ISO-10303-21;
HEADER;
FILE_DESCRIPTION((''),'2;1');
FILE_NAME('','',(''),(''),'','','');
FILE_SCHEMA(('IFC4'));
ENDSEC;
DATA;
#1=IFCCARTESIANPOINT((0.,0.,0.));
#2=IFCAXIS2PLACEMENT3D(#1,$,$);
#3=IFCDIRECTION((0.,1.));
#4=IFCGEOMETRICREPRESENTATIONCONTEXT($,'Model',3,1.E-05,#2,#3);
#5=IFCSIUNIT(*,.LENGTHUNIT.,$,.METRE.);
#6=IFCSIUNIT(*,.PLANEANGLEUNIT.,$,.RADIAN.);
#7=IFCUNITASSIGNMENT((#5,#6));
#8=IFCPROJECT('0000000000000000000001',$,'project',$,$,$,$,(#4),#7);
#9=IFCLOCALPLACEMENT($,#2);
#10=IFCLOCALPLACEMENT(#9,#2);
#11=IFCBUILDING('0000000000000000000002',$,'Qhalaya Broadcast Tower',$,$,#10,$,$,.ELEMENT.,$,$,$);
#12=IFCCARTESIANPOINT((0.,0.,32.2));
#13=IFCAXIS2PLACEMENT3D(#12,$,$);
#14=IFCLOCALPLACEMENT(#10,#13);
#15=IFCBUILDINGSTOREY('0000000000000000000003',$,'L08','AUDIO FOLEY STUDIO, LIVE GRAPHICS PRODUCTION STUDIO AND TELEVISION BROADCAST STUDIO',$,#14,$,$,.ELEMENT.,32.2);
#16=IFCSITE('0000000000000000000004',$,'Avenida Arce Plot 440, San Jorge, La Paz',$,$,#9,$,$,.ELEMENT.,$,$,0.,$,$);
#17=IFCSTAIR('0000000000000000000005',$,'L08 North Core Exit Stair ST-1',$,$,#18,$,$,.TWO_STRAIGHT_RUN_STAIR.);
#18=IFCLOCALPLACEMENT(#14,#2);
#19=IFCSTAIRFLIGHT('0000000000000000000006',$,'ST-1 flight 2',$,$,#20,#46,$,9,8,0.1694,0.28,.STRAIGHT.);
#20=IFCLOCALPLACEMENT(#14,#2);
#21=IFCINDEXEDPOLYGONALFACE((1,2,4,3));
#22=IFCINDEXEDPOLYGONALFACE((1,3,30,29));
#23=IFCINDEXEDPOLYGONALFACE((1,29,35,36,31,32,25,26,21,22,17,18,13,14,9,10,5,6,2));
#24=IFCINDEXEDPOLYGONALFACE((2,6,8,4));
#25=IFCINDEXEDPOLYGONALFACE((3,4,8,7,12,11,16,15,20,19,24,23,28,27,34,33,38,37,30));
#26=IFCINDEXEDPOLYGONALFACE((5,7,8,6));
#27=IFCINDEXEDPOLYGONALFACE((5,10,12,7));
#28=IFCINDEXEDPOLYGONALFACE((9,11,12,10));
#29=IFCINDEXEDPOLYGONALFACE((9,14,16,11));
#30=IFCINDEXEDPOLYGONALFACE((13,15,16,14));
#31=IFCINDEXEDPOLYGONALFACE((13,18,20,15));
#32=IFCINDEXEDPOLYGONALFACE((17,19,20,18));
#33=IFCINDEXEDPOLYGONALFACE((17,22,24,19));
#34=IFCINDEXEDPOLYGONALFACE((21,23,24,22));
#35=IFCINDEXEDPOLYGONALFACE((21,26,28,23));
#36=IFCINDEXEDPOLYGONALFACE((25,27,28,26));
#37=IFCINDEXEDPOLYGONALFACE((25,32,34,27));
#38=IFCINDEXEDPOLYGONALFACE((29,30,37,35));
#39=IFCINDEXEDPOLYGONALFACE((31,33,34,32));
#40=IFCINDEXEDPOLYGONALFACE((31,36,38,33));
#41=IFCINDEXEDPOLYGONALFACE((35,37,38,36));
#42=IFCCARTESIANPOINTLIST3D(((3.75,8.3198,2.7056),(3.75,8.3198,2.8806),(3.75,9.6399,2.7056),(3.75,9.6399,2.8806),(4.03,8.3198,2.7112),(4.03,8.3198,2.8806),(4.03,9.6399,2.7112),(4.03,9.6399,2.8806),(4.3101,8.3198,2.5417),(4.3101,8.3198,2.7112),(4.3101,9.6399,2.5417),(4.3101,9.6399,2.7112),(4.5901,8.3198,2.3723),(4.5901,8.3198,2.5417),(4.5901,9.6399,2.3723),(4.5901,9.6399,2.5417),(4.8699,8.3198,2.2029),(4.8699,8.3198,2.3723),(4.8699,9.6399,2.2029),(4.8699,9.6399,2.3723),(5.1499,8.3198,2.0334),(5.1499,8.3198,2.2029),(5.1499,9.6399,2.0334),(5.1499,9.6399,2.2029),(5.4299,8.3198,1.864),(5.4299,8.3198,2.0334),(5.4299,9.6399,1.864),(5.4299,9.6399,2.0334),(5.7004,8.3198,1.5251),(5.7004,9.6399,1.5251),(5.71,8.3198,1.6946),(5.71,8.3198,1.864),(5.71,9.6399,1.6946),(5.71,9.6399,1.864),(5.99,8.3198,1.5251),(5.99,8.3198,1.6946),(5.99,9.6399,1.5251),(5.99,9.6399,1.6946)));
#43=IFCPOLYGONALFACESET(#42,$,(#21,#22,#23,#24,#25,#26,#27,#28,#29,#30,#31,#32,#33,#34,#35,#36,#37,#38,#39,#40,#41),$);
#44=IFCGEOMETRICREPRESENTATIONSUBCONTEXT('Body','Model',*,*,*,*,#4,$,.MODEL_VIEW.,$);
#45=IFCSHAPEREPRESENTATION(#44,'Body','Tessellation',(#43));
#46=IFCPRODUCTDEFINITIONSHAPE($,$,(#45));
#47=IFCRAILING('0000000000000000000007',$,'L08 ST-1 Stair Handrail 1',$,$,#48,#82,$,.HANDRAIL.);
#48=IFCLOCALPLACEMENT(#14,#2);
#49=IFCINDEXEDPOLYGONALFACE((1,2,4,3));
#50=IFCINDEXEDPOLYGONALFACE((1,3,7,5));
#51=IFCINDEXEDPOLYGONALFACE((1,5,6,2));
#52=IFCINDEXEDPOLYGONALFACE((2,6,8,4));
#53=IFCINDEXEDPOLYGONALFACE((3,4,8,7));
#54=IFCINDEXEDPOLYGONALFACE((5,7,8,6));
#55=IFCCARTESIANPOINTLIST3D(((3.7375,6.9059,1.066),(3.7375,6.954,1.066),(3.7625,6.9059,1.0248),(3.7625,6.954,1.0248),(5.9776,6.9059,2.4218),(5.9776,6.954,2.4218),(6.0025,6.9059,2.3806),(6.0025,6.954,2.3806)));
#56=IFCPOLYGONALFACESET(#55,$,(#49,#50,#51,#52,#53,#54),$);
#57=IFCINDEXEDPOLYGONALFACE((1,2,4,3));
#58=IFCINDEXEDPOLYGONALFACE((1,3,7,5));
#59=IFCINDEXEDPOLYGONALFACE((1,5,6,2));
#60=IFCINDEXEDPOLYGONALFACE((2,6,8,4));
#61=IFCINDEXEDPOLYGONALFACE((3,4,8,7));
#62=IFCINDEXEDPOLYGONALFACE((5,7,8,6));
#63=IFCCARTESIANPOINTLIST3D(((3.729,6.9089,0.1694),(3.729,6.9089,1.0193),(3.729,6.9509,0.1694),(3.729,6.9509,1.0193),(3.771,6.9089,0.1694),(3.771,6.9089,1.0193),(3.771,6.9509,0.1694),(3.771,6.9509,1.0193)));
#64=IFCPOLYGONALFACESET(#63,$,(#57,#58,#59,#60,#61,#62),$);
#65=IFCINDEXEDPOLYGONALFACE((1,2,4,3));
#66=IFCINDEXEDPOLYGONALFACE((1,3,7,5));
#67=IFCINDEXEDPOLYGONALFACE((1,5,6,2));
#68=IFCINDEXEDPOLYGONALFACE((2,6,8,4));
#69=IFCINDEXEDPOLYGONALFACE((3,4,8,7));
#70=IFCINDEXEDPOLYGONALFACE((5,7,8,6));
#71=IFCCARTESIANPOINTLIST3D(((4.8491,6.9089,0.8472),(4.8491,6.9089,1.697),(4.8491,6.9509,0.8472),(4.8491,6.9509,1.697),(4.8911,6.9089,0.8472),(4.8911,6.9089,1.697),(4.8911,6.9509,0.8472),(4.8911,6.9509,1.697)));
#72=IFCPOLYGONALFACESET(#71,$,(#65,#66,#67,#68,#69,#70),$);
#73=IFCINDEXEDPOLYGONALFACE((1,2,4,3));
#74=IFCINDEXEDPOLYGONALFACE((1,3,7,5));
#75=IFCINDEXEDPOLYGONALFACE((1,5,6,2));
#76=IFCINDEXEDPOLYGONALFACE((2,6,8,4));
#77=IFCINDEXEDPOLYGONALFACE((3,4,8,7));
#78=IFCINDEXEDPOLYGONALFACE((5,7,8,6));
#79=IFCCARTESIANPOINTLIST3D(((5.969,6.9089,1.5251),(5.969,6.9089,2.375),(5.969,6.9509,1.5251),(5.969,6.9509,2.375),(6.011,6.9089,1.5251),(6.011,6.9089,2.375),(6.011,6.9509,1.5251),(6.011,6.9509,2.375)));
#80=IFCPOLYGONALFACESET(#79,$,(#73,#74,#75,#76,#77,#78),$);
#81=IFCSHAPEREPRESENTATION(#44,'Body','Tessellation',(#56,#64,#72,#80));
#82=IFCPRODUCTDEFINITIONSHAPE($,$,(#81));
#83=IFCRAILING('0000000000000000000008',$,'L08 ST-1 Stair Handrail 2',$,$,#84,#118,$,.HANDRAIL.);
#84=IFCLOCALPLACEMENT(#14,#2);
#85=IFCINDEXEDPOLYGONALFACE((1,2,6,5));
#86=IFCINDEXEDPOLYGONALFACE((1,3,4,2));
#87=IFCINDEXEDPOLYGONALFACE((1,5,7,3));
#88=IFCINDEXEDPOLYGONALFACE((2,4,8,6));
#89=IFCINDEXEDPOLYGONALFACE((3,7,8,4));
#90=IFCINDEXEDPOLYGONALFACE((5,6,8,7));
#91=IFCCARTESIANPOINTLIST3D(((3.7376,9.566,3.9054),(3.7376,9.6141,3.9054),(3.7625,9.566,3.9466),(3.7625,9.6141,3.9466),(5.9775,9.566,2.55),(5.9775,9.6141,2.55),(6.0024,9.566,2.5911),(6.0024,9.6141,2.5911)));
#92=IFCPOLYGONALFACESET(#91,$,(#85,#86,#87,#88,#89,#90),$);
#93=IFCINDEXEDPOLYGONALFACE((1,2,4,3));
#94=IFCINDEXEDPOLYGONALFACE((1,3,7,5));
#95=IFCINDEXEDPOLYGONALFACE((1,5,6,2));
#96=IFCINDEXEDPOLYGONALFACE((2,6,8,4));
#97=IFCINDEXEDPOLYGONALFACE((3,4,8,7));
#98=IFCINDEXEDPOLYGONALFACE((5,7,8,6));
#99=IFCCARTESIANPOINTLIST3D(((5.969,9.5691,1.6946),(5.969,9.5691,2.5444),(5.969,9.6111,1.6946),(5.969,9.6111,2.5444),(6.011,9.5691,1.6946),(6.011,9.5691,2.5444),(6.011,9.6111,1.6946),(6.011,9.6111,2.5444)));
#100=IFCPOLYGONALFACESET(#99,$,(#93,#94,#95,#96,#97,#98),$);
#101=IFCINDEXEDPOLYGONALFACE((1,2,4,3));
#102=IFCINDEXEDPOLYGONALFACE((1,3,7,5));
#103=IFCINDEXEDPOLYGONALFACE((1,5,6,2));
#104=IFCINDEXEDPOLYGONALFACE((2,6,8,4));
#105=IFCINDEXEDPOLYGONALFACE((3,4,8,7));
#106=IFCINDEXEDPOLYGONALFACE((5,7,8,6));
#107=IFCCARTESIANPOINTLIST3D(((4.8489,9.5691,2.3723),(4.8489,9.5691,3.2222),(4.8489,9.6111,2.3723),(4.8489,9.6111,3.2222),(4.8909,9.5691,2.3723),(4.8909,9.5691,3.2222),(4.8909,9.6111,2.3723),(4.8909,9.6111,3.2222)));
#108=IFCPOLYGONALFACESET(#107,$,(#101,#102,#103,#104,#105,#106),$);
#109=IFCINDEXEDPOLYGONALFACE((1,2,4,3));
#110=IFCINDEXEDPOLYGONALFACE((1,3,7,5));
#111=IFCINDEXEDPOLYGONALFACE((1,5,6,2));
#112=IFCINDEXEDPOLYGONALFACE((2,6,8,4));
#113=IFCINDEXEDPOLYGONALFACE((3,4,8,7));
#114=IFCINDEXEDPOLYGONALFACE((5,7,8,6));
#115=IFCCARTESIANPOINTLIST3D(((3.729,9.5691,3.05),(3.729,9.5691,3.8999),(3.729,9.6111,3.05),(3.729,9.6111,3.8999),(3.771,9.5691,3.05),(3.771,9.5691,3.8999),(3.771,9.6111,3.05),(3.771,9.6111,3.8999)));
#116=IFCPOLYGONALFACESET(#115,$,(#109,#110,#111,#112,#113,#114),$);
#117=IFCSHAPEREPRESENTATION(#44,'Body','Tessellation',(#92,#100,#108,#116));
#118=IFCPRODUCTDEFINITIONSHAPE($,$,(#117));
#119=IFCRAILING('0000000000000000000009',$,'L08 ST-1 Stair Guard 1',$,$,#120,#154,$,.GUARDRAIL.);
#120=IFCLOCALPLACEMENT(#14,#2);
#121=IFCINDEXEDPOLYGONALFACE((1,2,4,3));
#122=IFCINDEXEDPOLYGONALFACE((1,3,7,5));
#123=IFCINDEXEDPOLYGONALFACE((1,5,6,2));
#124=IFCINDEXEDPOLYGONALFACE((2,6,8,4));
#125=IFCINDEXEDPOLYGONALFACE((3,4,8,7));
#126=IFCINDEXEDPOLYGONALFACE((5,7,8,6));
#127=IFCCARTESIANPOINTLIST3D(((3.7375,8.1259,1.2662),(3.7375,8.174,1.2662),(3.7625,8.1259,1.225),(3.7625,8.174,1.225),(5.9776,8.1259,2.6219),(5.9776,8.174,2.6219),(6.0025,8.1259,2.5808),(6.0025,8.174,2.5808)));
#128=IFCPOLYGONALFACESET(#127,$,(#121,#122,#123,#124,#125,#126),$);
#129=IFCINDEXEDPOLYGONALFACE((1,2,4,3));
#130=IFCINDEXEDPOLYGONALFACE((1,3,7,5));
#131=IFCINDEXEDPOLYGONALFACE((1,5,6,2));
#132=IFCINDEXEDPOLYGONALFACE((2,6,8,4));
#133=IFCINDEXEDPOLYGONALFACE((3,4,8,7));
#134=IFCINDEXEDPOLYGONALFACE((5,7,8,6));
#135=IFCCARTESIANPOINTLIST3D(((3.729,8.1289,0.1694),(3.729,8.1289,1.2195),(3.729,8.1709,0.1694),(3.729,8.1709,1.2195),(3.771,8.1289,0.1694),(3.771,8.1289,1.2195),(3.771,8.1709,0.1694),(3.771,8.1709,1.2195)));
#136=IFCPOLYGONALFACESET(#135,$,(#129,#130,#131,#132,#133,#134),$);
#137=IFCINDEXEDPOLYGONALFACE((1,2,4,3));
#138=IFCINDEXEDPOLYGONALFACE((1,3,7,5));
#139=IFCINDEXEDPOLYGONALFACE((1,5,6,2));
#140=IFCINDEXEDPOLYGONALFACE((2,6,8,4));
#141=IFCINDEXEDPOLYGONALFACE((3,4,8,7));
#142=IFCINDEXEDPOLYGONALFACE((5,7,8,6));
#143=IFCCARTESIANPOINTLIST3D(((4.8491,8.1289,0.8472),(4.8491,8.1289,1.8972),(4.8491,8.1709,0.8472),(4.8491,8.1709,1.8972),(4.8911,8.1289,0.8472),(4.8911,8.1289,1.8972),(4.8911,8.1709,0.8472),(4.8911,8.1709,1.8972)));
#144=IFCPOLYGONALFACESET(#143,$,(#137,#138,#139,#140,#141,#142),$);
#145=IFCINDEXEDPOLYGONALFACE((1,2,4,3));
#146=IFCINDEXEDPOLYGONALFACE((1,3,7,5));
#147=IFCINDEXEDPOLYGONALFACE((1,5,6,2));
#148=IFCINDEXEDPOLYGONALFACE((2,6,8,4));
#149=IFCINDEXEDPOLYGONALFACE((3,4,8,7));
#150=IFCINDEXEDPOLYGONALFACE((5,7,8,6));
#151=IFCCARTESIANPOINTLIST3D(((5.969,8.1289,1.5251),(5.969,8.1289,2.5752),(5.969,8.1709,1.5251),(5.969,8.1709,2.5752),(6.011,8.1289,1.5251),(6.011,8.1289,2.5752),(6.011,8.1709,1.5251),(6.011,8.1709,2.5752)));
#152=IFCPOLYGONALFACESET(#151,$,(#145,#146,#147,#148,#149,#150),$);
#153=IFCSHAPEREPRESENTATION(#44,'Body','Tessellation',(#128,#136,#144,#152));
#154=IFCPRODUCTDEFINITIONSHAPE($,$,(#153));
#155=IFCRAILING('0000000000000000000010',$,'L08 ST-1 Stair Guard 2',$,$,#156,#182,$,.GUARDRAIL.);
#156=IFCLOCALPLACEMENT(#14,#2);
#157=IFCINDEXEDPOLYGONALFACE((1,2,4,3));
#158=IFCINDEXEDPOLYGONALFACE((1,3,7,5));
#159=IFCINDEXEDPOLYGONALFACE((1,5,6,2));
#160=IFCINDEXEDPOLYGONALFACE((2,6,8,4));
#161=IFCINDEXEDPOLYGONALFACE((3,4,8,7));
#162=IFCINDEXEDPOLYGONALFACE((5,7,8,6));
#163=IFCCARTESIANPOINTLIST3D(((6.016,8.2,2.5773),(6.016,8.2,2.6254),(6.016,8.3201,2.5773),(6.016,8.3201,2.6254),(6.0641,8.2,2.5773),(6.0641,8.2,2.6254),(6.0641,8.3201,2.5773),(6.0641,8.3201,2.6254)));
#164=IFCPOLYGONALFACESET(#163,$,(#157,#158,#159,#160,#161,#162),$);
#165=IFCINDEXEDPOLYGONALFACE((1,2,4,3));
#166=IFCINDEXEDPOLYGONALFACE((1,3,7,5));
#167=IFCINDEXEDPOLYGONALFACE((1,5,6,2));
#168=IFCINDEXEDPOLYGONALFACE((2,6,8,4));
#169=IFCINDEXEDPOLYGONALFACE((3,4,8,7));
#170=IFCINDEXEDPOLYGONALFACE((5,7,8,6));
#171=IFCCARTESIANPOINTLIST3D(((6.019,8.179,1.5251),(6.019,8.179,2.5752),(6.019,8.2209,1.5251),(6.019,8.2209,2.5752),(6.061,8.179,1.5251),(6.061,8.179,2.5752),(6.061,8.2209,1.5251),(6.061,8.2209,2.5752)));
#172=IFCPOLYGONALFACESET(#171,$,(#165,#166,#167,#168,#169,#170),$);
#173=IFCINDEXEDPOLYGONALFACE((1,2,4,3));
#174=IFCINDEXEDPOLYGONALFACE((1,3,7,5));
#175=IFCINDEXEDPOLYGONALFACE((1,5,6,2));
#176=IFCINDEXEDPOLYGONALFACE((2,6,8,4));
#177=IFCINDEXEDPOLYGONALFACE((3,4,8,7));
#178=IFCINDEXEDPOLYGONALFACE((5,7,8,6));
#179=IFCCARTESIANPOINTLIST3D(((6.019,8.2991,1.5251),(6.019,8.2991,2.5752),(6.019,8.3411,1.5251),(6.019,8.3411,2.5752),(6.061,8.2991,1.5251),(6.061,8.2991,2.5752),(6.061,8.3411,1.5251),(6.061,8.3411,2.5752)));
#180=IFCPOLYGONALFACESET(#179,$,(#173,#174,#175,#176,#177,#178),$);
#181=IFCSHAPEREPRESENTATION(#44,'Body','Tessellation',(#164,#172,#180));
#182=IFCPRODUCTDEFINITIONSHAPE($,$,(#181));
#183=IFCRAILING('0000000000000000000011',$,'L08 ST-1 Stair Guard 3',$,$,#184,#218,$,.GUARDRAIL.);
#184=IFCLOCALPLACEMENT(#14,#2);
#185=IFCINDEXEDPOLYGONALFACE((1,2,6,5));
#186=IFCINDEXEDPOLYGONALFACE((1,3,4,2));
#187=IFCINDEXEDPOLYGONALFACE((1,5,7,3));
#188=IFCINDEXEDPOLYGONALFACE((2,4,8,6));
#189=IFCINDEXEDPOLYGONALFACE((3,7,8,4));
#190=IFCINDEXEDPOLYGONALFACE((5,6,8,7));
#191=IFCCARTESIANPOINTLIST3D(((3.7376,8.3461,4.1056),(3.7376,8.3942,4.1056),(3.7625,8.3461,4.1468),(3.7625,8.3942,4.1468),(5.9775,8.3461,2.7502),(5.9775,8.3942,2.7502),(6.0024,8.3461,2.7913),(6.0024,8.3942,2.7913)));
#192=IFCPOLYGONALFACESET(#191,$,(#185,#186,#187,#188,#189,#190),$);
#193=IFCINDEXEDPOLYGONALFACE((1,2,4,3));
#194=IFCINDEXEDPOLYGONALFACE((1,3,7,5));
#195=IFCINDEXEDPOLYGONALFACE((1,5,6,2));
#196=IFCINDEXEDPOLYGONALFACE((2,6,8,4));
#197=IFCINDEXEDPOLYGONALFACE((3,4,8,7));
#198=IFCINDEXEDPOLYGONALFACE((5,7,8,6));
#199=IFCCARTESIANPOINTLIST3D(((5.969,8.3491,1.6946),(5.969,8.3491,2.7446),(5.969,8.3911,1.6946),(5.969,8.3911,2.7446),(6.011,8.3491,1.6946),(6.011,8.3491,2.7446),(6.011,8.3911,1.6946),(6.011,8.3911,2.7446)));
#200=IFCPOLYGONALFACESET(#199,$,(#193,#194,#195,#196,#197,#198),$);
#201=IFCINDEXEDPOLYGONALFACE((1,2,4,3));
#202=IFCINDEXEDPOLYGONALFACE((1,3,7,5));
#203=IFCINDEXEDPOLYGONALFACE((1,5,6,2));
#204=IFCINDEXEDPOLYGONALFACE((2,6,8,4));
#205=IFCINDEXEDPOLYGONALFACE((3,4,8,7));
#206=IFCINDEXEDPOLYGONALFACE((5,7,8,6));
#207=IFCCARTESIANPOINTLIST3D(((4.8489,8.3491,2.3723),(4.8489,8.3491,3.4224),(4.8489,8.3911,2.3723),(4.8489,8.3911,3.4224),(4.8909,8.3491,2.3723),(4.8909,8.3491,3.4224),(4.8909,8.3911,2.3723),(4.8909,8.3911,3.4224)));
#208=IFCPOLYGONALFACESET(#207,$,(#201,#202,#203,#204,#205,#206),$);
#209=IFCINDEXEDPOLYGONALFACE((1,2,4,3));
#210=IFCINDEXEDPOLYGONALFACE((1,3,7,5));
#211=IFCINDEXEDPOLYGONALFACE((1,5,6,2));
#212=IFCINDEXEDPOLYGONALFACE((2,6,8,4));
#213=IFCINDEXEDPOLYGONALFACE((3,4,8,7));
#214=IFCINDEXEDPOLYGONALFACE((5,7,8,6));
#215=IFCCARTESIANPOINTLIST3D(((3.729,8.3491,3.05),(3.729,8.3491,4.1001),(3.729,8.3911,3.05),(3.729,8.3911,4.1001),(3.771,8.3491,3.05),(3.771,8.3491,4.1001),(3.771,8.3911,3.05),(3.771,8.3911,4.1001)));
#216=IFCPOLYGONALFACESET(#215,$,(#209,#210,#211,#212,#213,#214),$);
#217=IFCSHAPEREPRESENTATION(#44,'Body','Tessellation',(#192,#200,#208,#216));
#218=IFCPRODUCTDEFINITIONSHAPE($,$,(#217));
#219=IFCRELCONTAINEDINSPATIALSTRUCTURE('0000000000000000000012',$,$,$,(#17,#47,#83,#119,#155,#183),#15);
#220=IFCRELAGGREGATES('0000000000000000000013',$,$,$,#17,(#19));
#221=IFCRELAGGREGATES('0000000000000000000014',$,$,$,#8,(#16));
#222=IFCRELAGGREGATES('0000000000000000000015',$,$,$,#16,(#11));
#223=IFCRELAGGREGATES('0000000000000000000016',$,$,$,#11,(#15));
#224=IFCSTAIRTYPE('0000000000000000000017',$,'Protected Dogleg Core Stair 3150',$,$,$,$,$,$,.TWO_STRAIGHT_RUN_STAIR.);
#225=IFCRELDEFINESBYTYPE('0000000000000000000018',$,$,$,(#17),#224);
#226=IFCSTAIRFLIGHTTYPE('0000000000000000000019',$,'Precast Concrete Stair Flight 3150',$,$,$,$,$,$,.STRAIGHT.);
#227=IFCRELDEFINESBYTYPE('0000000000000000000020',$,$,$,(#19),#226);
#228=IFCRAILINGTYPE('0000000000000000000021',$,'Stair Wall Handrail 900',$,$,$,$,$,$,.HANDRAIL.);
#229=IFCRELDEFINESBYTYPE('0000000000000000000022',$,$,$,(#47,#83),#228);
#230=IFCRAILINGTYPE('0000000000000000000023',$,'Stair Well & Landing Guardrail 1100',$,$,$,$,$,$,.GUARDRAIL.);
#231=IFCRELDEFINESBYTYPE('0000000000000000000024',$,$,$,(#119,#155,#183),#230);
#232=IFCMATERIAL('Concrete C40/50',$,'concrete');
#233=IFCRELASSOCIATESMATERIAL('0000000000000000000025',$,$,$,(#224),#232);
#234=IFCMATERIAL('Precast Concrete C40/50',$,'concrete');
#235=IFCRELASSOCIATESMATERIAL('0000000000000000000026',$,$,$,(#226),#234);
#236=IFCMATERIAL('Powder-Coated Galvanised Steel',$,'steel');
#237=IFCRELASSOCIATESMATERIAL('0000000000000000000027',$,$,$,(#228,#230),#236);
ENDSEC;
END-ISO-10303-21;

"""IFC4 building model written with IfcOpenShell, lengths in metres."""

from ifc_helpers import new_model, si_unit, direction, frame, origin, origin_2d, place, context, subcontext, project, spatial, polyline, rectangle, outline, extrude, material, type_object, element, aggregate, save


model = new_model("IFC4")

# Units and contexts
model_context = context("Model", 3, precision=1e-05, world=origin(), true_north=direction((0.0, 1.0)))
body_context = subcontext(model_context, "Body", "Model", "MODEL_VIEW")
ifc_project = project(units=[si_unit("LENGTHUNIT", "METRE"), si_unit("PLANEANGLEUNIT", "RADIAN")], contexts=[model_context])

# Site, building, storey
site_placement = place(None, origin())
site = spatial("IfcSite", under=ifc_project, at=site_placement, Name="Avenida Arce Plot 440, San Jorge, La Paz", CompositionType="ELEMENT", RefElevation=0.0)
building_placement = place(site_placement, origin())
building = spatial("IfcBuilding", under=site, at=building_placement, Name="Qhalaya Broadcast Tower", CompositionType="ELEMENT")
storey_placement = place(building_placement, frame((0.0, 0.0, 32.2)))
storey = spatial("IfcBuildingStorey", under=building, at=storey_placement, Name="L08", Description="AUDIO FOLEY STUDIO, LIVE GRAPHICS PRODUCTION STUDIO AND TELEVISION BROADCAST STUDIO", CompositionType="ELEMENT", Elevation=32.2)

# Stair, stair flight
ifc_material_1 = material(Name="Concrete C40/50", Category="concrete")
stair_type = type_object("IfcStairType", Name="Protected Dogleg Core Stair 3150", PredefinedType="TWO_STRAIGHT_RUN_STAIR", material=ifc_material_1)
stair_placement = place(storey_placement, origin())
stair = element("IfcStair", 1, at=stair_placement, inside=storey, type_object=stair_type, Name="L08 North Core Exit Stair ST-1", PredefinedType="TWO_STRAIGHT_RUN_STAIR")
ifc_material_2 = material(Name="Precast Concrete C40/50", Category="concrete")
stair_flight_type = type_object("IfcStairFlightType", Name="Precast Concrete Stair Flight 3150", PredefinedType="STRAIGHT", material=ifc_material_2)
stair_flight_1_placement = place(storey_placement, frame((5.99, 8.98, 1.5251), z_axis=(0.0, 0.0, 1.0), x_axis=(-1.0, 0.0, 0.0)))
stair_flight_1 = element("IfcStairFlight", 2, at=stair_flight_1_placement, type_object=stair_flight_type, Name="ST-1 flight 2", NumberOfRisers=9, NumberOfTreads=8, PredefinedType="STRAIGHT", RiserHeight=0.1694, TreadLength=0.28, context=body_context, shape_type="SweptSolid", body=[
    extrude(outline(polyline([(0.0, 0.0), (0.0, 0.1694), (0.28, 0.1694), (0.28, 0.3389), (0.5601, 0.3389), (0.5601, 0.5083), (0.8401, 0.5083), (0.8401, 0.6777), (1.1201, 0.6777), (1.1201, 0.8472), (1.3999, 0.8472), (1.3999, 1.0166), (1.6799, 1.0166), (1.6799, 1.186), (1.96, 1.186), (1.96, 1.3555), (2.24, 1.3555), (2.24, 1.5249), (2.24, 1.1804), (0.2896, 0.0), (0.0, 0.0)])), frame((0.0, 0.6602, 0.0), z_axis=(0.0, -1.0, 0.0), x_axis=(1.0, 0.0, 0.0)), (0.0, 0.0, 1.0), 1.3201),
])
aggregate(stair, [stair_flight_1])

# Railings
ifc_material_3 = material(Name="Powder-Coated Galvanised Steel", Category="steel")
railing_type_1 = type_object("IfcRailingType", Name="Stair Wall Handrail 900", PredefinedType="HANDRAIL", material=ifc_material_3)
railing_1_placement = place(storey_placement, frame((3.75, 6.9299, 0.1694)))
element("IfcRailing", 3, at=railing_1_placement, inside=storey, type_object=railing_type_1, Name="L08 ST-1 Stair Handrail 1", PredefinedType="HANDRAIL", context=body_context, shape_type="SweptSolid", body=[
    extrude(rectangle(XDim=0.0481, YDim=0.0481, at=origin_2d()), frame((0.0, 0.0, 0.876), z_axis=(0.855512, 0.0, 0.517783), x_axis=(0.0, 1.0, 0.0)), (0.0, 0.0, 1.0), 2.6184),
    extrude(rectangle(XDim=0.042, YDim=0.042, at=origin_2d()), origin(), (0.0, 0.0, 1.0), 0.8499),
    extrude(rectangle(XDim=0.042, YDim=0.042, at=origin_2d()), frame((1.1201, 0.0, 0.6777)), (0.0, 0.0, 1.0), 0.8499),
    extrude(rectangle(XDim=0.042, YDim=0.042, at=origin_2d()), frame((2.24, 0.0, 1.3557)), (0.0, 0.0, 1.0), 0.8499),
])
railing_2_placement = place(storey_placement, frame((5.99, 9.5901, 1.6946)))
element("IfcRailing", 4, at=railing_2_placement, inside=storey, type_object=railing_type_1, Name="L08 ST-1 Stair Handrail 2", PredefinedType="HANDRAIL", context=body_context, shape_type="SweptSolid", body=[
    extrude(rectangle(XDim=0.0481, YDim=0.0481, at=origin_2d()), frame((0.0, 0.0, 0.876), z_axis=(-0.855553, 0.0, 0.517715), x_axis=(0.0, -1.0, 0.0)), (0.0, 0.0, 1.0), 2.6182),
    extrude(rectangle(XDim=0.042, YDim=0.042, at=origin_2d()), origin(), (0.0, 0.0, 1.0), 0.8499),
    extrude(rectangle(XDim=0.042, YDim=0.042, at=origin_2d()), frame((-1.1201, 0.0, 0.6777)), (0.0, 0.0, 1.0), 0.8499),
    extrude(rectangle(XDim=0.042, YDim=0.042, at=origin_2d()), frame((-2.24, 0.0, 1.3555)), (0.0, 0.0, 1.0), 0.8499),
])
railing_type_2 = type_object("IfcRailingType", Name="Stair Well & Landing Guardrail 1100", PredefinedType="GUARDRAIL", material=ifc_material_3)
railing_3_placement = place(storey_placement, frame((3.75, 8.1499, 0.1694)))
element("IfcRailing", 5, at=railing_3_placement, inside=storey, type_object=railing_type_2, Name="L08 ST-1 Stair Guard 1", PredefinedType="GUARDRAIL", context=body_context, shape_type="SweptSolid", body=[
    extrude(rectangle(XDim=0.0481, YDim=0.0481, at=origin_2d()), frame((0.0, 0.0, 1.0762), z_axis=(0.855512, 0.0, 0.517783), x_axis=(0.0, 1.0, 0.0)), (0.0, 0.0, 1.0), 2.6184),
    extrude(rectangle(XDim=0.042, YDim=0.042, at=origin_2d()), origin(), (0.0, 0.0, 1.0), 1.05),
    extrude(rectangle(XDim=0.042, YDim=0.042, at=origin_2d()), frame((1.1201, 0.0, 0.6777)), (0.0, 0.0, 1.0), 1.05),
    extrude(rectangle(XDim=0.042, YDim=0.042, at=origin_2d()), frame((2.24, 0.0, 1.3557)), (0.0, 0.0, 1.0), 1.05),
])
railing_4_placement = place(storey_placement, frame((6.04, 8.2, 1.5251)))
element("IfcRailing", 6, at=railing_4_placement, inside=storey, type_object=railing_type_2, Name="L08 ST-1 Stair Guard 2", PredefinedType="GUARDRAIL", context=body_context, shape_type="SweptSolid", body=[
    extrude(rectangle(XDim=0.0481, YDim=0.0481, at=origin_2d()), frame((0.0, 0.0, 1.0762), z_axis=(0.0, 1.0, 0.0), x_axis=(-1.0, 0.0, 0.0)), (0.0, 0.0, 1.0), 0.1201),
    extrude(rectangle(XDim=0.042, YDim=0.042, at=origin_2d()), origin(), (0.0, 0.0, 1.0), 1.05),
    extrude(rectangle(XDim=0.042, YDim=0.042, at=origin_2d()), frame((0.0, 0.1201, 0.0)), (0.0, 0.0, 1.0), 1.05),
])
railing_5_placement = place(storey_placement, frame((5.99, 8.3701, 1.6946)))
element("IfcRailing", 7, at=railing_5_placement, inside=storey, type_object=railing_type_2, Name="L08 ST-1 Stair Guard 3", PredefinedType="GUARDRAIL", context=body_context, shape_type="SweptSolid", body=[
    extrude(rectangle(XDim=0.0481, YDim=0.0481, at=origin_2d()), frame((0.0, 0.0, 1.0762), z_axis=(-0.855553, 0.0, 0.517715), x_axis=(0.0, -1.0, 0.0)), (0.0, 0.0, 1.0), 2.6182),
    extrude(rectangle(XDim=0.042, YDim=0.042, at=origin_2d()), origin(), (0.0, 0.0, 1.0), 1.05),
    extrude(rectangle(XDim=0.042, YDim=0.042, at=origin_2d()), frame((-1.1201, 0.0, 0.6777)), (0.0, 0.0, 1.0), 1.05),
    extrude(rectangle(XDim=0.042, YDim=0.042, at=origin_2d()), frame((-2.24, 0.0, 1.3555)), (0.0, 0.0, 1.0), 1.05),
])

save(model, "model.ifc")
